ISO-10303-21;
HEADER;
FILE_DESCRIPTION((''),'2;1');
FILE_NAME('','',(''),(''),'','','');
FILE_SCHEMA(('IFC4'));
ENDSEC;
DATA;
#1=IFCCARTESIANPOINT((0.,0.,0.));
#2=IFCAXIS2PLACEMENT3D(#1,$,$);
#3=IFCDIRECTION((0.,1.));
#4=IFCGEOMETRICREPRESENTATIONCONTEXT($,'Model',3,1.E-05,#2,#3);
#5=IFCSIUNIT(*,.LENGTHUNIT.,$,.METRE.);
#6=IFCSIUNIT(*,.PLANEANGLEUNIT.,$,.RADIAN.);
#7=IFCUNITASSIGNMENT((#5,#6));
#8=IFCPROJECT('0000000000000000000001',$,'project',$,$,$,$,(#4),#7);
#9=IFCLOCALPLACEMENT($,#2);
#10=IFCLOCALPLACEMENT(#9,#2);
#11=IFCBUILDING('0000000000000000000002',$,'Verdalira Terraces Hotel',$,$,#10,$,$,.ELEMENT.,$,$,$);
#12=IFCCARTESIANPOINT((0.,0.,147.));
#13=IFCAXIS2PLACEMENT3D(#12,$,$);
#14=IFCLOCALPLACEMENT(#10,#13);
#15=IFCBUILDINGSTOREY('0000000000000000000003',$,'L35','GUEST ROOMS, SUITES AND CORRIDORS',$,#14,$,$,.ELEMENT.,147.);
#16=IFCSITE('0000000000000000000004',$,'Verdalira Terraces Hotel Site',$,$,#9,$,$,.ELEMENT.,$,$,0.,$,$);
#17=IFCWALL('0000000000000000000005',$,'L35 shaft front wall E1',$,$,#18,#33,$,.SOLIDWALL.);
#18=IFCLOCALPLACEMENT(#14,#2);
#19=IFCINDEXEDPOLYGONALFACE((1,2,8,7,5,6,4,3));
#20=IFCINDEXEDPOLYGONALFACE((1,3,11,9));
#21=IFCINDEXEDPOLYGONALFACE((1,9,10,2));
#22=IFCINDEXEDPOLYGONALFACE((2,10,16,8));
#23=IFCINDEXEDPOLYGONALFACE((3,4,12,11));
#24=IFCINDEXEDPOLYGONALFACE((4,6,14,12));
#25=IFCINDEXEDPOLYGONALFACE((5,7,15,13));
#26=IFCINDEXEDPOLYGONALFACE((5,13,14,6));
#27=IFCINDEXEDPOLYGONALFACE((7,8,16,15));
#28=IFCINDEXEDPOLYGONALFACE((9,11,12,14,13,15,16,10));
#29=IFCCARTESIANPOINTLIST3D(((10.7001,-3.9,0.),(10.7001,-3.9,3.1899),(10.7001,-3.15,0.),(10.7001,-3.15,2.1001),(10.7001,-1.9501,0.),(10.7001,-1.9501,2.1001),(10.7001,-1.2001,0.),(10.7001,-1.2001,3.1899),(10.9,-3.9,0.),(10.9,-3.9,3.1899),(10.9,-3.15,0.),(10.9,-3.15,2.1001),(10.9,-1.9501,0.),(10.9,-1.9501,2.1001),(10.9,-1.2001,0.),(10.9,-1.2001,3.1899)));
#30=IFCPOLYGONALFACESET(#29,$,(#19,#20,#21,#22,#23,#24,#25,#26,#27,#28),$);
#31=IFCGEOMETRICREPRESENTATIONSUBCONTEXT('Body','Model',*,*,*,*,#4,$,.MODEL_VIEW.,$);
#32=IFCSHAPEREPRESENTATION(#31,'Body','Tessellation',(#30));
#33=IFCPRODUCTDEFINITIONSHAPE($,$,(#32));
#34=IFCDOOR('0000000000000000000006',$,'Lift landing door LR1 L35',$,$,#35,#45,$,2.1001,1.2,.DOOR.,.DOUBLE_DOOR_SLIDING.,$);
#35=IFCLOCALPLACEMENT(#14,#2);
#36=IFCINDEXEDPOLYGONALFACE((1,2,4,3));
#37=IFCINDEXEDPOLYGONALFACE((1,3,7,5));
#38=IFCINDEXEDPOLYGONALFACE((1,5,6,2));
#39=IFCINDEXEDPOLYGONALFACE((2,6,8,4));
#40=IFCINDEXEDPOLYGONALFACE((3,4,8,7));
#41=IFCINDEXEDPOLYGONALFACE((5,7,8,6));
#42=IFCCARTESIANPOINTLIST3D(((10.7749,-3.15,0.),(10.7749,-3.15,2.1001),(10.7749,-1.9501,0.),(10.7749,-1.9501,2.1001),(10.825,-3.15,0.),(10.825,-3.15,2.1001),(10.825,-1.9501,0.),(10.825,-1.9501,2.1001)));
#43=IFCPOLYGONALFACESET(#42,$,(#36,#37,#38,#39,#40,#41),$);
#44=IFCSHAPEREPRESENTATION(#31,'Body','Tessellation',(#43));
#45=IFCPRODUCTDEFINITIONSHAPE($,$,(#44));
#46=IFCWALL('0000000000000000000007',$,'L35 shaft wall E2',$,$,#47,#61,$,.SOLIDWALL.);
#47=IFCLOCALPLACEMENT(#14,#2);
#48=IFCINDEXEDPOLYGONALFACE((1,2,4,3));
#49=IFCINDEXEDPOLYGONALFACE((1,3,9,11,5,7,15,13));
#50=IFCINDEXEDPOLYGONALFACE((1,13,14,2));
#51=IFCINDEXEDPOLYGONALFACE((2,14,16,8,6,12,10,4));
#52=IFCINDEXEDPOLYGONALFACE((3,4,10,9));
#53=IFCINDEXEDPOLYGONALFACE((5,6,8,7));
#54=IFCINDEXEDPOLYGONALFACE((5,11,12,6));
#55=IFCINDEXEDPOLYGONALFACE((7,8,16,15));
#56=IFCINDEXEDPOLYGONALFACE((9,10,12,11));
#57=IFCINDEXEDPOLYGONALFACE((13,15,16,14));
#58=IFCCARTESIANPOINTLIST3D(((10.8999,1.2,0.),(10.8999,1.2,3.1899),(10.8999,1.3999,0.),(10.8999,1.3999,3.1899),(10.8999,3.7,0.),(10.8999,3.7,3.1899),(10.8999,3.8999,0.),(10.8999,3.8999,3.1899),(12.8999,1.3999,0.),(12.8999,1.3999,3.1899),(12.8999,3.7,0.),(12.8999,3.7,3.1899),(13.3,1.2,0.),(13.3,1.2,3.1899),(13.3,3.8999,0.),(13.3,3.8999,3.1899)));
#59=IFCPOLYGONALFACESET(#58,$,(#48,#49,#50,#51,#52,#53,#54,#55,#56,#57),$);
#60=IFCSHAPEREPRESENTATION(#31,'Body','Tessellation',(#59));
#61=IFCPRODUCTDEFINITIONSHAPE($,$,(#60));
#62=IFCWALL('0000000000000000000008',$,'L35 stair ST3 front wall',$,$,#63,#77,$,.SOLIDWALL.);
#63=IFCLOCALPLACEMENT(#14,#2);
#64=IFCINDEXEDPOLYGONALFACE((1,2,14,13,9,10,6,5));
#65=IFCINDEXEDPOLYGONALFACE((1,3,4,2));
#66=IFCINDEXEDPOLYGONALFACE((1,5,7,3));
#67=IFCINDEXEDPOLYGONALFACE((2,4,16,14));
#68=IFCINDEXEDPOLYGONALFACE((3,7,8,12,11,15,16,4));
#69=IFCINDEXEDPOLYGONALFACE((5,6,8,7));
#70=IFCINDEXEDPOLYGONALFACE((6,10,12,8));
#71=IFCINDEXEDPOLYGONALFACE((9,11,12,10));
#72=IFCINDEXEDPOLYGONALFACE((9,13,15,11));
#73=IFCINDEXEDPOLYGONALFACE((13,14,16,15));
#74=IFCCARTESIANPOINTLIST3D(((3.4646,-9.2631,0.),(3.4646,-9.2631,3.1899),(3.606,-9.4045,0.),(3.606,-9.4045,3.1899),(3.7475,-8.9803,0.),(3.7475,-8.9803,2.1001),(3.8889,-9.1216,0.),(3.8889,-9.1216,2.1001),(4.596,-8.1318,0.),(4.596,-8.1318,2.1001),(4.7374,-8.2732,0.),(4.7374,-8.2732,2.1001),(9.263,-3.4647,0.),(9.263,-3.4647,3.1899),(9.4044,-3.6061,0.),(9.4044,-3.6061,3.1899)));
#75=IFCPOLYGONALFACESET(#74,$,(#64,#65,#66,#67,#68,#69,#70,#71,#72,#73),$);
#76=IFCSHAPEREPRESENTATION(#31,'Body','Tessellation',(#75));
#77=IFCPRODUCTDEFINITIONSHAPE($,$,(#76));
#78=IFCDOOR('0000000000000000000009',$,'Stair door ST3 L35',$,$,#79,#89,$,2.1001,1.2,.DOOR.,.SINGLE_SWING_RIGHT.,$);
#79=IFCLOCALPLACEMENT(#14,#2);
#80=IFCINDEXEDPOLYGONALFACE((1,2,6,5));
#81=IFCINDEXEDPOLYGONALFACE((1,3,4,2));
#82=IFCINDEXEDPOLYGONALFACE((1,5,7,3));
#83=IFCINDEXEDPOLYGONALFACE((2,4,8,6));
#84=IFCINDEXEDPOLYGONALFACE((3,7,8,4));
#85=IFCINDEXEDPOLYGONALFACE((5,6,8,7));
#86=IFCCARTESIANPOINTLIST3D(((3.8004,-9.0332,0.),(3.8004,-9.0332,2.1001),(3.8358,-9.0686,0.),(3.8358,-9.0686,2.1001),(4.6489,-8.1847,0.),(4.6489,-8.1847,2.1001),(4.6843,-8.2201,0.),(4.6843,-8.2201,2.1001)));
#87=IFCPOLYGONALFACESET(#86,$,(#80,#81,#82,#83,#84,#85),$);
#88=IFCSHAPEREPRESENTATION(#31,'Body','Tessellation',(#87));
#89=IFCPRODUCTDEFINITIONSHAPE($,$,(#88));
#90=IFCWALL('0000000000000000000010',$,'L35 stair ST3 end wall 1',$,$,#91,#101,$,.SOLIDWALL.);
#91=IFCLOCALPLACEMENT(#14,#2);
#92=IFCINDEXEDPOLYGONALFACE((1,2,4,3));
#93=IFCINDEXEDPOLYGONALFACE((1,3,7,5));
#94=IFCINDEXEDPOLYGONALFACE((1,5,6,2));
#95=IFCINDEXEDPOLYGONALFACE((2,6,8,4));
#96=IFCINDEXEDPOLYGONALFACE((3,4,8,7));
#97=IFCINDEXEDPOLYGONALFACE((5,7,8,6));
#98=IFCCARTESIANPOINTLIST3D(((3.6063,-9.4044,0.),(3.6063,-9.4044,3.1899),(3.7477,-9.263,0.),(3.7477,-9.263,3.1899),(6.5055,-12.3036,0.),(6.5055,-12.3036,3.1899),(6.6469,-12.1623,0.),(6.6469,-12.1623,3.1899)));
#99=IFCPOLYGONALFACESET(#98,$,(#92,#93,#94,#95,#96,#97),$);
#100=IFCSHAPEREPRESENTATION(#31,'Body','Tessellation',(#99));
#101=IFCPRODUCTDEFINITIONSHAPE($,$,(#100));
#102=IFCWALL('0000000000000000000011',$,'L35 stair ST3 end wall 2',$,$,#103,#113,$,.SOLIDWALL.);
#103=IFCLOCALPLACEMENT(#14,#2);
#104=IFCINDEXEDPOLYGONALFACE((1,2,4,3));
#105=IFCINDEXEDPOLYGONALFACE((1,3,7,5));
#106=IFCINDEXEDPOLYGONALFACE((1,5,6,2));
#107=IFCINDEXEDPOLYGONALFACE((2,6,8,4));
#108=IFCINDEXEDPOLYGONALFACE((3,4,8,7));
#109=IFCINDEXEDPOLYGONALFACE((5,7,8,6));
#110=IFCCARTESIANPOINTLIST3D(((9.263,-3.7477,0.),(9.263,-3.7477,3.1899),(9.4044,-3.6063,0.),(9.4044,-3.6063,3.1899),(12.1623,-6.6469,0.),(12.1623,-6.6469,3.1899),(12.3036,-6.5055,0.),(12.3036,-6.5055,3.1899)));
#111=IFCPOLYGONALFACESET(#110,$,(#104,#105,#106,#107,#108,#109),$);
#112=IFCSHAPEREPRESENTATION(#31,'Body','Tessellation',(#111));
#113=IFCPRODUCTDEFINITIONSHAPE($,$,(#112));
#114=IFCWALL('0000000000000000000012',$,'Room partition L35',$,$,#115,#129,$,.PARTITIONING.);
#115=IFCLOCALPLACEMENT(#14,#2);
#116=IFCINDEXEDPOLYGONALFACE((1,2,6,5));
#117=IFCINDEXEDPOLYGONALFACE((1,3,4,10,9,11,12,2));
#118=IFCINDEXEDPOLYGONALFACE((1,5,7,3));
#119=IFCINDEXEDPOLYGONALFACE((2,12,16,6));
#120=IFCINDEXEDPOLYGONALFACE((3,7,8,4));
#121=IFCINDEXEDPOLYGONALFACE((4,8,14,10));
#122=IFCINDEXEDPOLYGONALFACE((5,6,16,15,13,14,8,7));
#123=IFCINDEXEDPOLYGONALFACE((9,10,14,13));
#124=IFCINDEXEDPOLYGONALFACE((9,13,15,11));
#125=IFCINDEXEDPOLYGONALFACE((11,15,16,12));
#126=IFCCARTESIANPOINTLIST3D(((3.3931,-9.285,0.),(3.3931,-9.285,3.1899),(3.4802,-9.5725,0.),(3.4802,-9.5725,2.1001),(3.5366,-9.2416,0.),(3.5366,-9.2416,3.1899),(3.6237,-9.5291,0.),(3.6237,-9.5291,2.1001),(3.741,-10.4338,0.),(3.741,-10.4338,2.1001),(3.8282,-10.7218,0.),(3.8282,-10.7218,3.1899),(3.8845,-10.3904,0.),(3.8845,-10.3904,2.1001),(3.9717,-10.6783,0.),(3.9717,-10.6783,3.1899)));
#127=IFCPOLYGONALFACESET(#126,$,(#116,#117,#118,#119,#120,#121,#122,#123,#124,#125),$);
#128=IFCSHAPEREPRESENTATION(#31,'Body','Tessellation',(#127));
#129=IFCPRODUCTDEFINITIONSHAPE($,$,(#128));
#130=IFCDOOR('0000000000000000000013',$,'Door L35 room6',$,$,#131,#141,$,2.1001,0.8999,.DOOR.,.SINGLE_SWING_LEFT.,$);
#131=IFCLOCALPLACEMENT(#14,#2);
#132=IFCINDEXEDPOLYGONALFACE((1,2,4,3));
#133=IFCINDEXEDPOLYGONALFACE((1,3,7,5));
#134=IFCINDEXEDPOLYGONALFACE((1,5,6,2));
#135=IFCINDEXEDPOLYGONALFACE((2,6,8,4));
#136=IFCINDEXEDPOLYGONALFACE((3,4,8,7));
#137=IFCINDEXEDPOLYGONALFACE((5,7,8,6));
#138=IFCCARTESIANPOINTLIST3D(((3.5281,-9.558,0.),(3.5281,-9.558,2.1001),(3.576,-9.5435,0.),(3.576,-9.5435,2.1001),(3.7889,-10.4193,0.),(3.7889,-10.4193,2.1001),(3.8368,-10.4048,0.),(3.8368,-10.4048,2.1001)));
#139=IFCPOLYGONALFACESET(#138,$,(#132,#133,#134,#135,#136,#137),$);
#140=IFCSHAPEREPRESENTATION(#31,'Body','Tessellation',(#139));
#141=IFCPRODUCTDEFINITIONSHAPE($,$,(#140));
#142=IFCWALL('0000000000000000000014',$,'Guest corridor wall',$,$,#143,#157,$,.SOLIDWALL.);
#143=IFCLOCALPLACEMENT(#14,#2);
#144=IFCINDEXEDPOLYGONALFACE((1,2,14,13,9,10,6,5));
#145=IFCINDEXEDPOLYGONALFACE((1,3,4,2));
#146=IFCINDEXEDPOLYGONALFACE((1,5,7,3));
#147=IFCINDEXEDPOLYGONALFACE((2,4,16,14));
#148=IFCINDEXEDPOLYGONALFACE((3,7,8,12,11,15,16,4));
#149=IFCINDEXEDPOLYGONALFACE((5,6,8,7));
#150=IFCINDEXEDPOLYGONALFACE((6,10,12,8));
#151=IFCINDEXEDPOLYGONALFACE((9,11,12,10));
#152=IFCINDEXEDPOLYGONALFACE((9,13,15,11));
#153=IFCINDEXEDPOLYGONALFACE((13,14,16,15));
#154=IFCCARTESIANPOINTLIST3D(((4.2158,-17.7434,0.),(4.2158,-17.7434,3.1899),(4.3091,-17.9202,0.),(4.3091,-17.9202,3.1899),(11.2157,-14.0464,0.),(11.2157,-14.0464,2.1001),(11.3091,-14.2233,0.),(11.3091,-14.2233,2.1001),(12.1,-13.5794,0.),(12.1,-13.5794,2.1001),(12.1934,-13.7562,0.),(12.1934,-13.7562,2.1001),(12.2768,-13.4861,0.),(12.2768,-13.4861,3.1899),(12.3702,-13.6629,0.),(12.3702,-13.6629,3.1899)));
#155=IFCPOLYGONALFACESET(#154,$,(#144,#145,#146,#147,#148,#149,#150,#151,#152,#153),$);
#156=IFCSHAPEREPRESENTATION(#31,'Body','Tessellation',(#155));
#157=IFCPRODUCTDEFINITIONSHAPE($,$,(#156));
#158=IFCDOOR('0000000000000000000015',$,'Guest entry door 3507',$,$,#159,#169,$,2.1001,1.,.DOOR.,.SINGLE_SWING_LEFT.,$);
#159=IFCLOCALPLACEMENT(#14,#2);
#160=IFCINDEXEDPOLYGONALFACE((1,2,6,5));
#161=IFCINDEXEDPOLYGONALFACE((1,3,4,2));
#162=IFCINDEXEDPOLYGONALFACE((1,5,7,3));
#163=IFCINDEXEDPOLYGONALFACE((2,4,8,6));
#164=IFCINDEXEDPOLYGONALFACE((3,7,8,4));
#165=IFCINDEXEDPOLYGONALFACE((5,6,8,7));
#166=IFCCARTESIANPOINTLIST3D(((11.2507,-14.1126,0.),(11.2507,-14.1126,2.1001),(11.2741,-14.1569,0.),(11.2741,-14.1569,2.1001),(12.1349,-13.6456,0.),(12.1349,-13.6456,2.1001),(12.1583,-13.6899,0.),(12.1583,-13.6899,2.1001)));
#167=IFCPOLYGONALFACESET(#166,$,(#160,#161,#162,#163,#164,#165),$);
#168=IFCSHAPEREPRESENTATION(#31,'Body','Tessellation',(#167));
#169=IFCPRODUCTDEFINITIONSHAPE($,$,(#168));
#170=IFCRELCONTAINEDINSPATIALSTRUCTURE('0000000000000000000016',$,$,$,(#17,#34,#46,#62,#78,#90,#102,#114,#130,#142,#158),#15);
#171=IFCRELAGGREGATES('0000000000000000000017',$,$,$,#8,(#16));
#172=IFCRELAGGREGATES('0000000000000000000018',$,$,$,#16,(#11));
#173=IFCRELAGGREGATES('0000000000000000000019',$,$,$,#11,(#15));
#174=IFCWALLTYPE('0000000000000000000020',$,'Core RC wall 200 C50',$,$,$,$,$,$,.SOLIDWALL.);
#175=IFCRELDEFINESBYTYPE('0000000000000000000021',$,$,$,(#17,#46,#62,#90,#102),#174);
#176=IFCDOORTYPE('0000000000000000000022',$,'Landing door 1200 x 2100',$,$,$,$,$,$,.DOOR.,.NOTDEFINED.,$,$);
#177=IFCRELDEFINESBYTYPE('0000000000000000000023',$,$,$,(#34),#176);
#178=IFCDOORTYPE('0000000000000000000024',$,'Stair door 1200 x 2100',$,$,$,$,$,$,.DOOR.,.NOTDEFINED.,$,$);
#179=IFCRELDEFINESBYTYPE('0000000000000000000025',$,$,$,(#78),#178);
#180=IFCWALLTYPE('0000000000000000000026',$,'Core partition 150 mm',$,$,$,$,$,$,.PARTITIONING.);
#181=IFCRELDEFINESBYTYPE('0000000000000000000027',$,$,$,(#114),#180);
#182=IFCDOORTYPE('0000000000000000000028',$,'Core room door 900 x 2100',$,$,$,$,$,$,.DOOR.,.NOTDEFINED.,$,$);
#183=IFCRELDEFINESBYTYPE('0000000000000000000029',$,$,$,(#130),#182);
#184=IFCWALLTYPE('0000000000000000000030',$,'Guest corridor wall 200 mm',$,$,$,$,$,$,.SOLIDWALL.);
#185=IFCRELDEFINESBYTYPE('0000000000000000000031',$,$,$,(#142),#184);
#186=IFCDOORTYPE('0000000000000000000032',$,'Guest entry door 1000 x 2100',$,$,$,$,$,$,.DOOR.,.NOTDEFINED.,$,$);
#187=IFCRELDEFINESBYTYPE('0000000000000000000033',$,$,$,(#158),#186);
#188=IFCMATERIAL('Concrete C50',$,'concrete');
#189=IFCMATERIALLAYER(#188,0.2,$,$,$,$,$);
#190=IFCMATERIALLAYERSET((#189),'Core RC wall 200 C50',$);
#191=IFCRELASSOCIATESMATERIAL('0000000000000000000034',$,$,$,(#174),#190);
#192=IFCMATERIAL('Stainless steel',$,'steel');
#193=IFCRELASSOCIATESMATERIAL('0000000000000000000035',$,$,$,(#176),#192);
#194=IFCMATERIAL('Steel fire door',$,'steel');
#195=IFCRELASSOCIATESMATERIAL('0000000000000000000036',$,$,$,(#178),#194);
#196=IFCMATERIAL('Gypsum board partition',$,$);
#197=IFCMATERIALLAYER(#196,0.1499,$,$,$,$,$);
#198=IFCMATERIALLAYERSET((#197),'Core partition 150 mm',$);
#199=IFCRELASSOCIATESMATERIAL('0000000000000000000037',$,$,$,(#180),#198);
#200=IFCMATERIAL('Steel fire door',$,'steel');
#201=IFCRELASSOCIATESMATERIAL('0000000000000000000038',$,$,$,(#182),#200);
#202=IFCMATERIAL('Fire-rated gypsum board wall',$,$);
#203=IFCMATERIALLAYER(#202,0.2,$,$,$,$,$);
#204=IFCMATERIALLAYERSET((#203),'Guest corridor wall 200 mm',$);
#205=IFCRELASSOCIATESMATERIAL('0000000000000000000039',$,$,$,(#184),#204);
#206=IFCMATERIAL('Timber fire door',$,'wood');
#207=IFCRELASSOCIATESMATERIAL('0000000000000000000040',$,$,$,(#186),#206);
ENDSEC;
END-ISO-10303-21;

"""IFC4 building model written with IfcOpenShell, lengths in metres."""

from ifc_helpers import new_model, si_unit, direction, frame, frame_2d, origin, place, context, subcontext, project, spatial, polyline, rectangle, outline, extrude, material, layer, layer_set, type_object, element, fill, save


model = new_model("IFC4")

# Units and contexts
model_context = context("Model", 3, precision=1e-05, world=origin(), true_north=direction((0.0, 1.0)))
body_context = subcontext(model_context, "Body", "Model", "MODEL_VIEW")
ifc_project = project(units=[si_unit("LENGTHUNIT", "METRE"), si_unit("PLANEANGLEUNIT", "RADIAN")], contexts=[model_context])

# Site, building, storey
site_placement = place(None, origin())
site = spatial("IfcSite", under=ifc_project, at=site_placement, Name="Verdalira Terraces Hotel Site", CompositionType="ELEMENT", RefElevation=0.0)
building_placement = place(site_placement, origin())
building = spatial("IfcBuilding", under=site, at=building_placement, Name="Verdalira Terraces Hotel", CompositionType="ELEMENT")
storey_placement = place(building_placement, frame((0.0, 0.0, 147.0)))
storey = spatial("IfcBuildingStorey", under=building, at=storey_placement, Name="L35", Description="GUEST ROOMS, SUITES AND CORRIDORS", CompositionType="ELEMENT", Elevation=147.0)

# Shared definitions
ifc_material_1 = material(Name="Concrete C50", Category="concrete")
ifc_layer_1 = layer(ifc_material_1, 0.2)
ifc_layer_set_1 = layer_set([ifc_layer_1], Name="Core RC wall 200 C50")
wall_type_1 = type_object("IfcWallType", Name="Core RC wall 200 C50", PredefinedType="SOLIDWALL", material=ifc_layer_set_1)

# Wall, opening, door
wall_1_placement = place(storey_placement, frame((10.8, -1.2, 0.0), z_axis=(0.0, 0.0, 1.0), x_axis=(0.0, -1.0, 0.0)))
wall_1 = element("IfcWall", 1, at=wall_1_placement, inside=storey, type_object=wall_type_1, Name="L35 shaft front wall E1", PredefinedType="SOLIDWALL", context=body_context, shape_type="SweptSolid", body=[
    extrude(rectangle(XDim=2.7, YDim=0.2, at=frame_2d((1.3501, 0.0))), origin(), (0.0, 0.0, 1.0), 3.1899),
])
opening_1_placement = place(wall_1_placement, frame((0.75, 0.0, 0.0)))
opening_1 = element("IfcOpeningElement", 2, at=opening_1_placement, cuts=wall_1, PredefinedType="OPENING", context=body_context, shape_type="SweptSolid", body=[
    extrude(rectangle(XDim=1.2, YDim=2.1001, at=frame_2d((0.6001, 1.05))), frame((0.0, 0.1099, 0.0), z_axis=(0.0, -1.0, 0.0), x_axis=(1.0, 0.0, 0.0)), (0.0, 0.0, 1.0), 0.22),
])
ifc_material_2 = material(Name="Stainless steel", Category="steel")
door_type_1 = type_object("IfcDoorType", Name="Landing door 1200 x 2100", OperationType="NOTDEFINED", PredefinedType="DOOR", material=ifc_material_2)
door_1_placement = place(opening_1_placement, origin())
door_1 = element("IfcDoor", 3, at=door_1_placement, inside=storey, type_object=door_type_1, Name="Lift landing door LR1 L35", OperationType="DOUBLE_DOOR_SLIDING", OverallHeight=2.1001, OverallWidth=1.2, PredefinedType="DOOR", context=body_context, shape_type="SweptSolid", body=[
    extrude(rectangle(XDim=1.2, YDim=2.1001, at=frame_2d((0.6001, 1.05))), frame((0.0, 0.0249, 0.0), z_axis=(0.0, -1.0, 0.0), x_axis=(1.0, 0.0, 0.0)), (0.0, 0.0, 1.0), 0.05),
])
fill(opening_1, door_1)

# Wall
wall_2_placement = place(storey_placement, origin())
element("IfcWall", 4, at=wall_2_placement, inside=storey, type_object=wall_type_1, Name="L35 shaft wall E2", PredefinedType="SOLIDWALL", context=body_context, shape_type="SweptSolid", body=[
    extrude(outline(polyline([(13.3, 3.8999), (13.3, 1.2), (10.8999, 1.2), (10.8999, 1.3999), (12.8999, 1.3999), (12.8999, 3.7), (10.8999, 3.7), (10.8999, 3.8999), (13.3, 3.8999)])), origin(), (0.0, 0.0, 1.0), 3.1899),
])

# Wall, opening, door
wall_3_placement = place(storey_placement, frame((9.3337, -3.5354, 0.0), z_axis=(0.0, 0.0, 1.0), x_axis=(-0.707107, -0.707107, 0.0)))
wall_3 = element("IfcWall", 5, at=wall_3_placement, inside=storey, type_object=wall_type_1, Name="L35 stair ST3 front wall", PredefinedType="SOLIDWALL", context=body_context, shape_type="SweptSolid", body=[
    extrude(rectangle(XDim=8.2002, YDim=0.2, at=frame_2d((4.1001, 0.0))), origin(), (0.0, 0.0, 1.0), 3.1899),
])
opening_2_placement = place(wall_3_placement, frame((6.6001, 0.0, 0.0)))
opening_2 = element("IfcOpeningElement", 6, at=opening_2_placement, cuts=wall_3, PredefinedType="OPENING", context=body_context, shape_type="SweptSolid", body=[
    extrude(rectangle(XDim=1.2, YDim=2.1001, at=frame_2d((0.6001, 1.05))), frame((0.0, 0.1099, 0.0), z_axis=(0.0, -1.0, 0.0), x_axis=(1.0, 0.0, 0.0)), (0.0, 0.0, 1.0), 0.22),
])
ifc_material_3 = material(Name="Steel fire door", Category="steel")
door_type_2 = type_object("IfcDoorType", Name="Stair door 1200 x 2100", OperationType="NOTDEFINED", PredefinedType="DOOR", material=ifc_material_3)
door_2_placement = place(opening_2_placement, origin())
door_2 = element("IfcDoor", 7, at=door_2_placement, inside=storey, type_object=door_type_2, Name="Stair door ST3 L35", OperationType="SINGLE_SWING_RIGHT", OverallHeight=2.1001, OverallWidth=1.2, PredefinedType="DOOR", context=body_context, shape_type="SweptSolid", body=[
    extrude(rectangle(XDim=1.2, YDim=2.1001, at=frame_2d((0.6001, 1.05))), frame((0.0, 0.0249, 0.0), z_axis=(0.0, -1.0, 0.0), x_axis=(1.0, 0.0, 0.0)), (0.0, 0.0, 1.0), 0.05),
])
fill(opening_2, door_2)

# Walls
for number, where, z_axis, x_axis, name in (
    (8, (3.677, -9.3337, 0.0), (0.0, 0.0, 1.0), (0.707107, -0.707107, 0.0), "L35 stair ST3 end wall 1"),
    (9, (9.3337, -3.677, 0.0), (0.0, 0.0, 1.0), (0.707107, -0.707107, 0.0), "L35 stair ST3 end wall 2"),
):
    element("IfcWall", number, at=place(storey_placement, frame(where, z_axis=z_axis, x_axis=x_axis)), inside=storey, type_object=wall_type_1, Name=name, PredefinedType="SOLIDWALL", context=body_context, shape_type="SweptSolid", body=[
        extrude(rectangle(XDim=4.1001, YDim=0.2, at=frame_2d((2.05, 0.0))), origin(), (0.0, 0.0, 1.0), 3.1899),
    ])

# Walls, openings, doors
ifc_material_4 = material(Name="Gypsum board partition")
ifc_layer_2 = layer(ifc_material_4, 0.1499)
ifc_layer_set_2 = layer_set([ifc_layer_2], Name="Core partition 150 mm")
wall_type_2 = type_object("IfcWallType", Name="Core partition 150 mm", PredefinedType="PARTITIONING", material=ifc_layer_set_2)
wall_4_placement = place(storey_placement, frame((3.8999, -10.7, 0.0), z_axis=(0.0, 0.0, 1.0), x_axis=(-0.289809, 0.957085, 0.0)))
wall_4 = element("IfcWall", 10, at=wall_4_placement, inside=storey, type_object=wall_type_2, Name="Room partition L35", PredefinedType="PARTITIONING", context=body_context, shape_type="SweptSolid", body=[
    extrude(rectangle(XDim=1.5012, YDim=0.1499, at=frame_2d((0.7505, 0.0))), origin(), (0.0, 0.0, 1.0), 3.1899),
])
opening_3_placement = place(wall_4_placement, frame((0.3008, 0.0, 0.0)))
opening_3 = element("IfcOpeningElement", 11, at=opening_3_placement, cuts=wall_4, PredefinedType="OPENING", context=body_context, shape_type="SweptSolid", body=[
    extrude(rectangle(XDim=0.8999, YDim=2.1001, at=frame_2d((0.45, 1.05))), frame((0.0, 0.085, 0.0), z_axis=(0.0, -1.0, 0.0), x_axis=(1.0, 0.0, 0.0)), (0.0, 0.0, 1.0), 0.1699),
])
ifc_material_5 = material(Name="Steel fire door", Category="steel")
door_type_3 = type_object("IfcDoorType", Name="Core room door 900 x 2100", OperationType="NOTDEFINED", PredefinedType="DOOR", material=ifc_material_5)
door_3_placement = place(opening_3_placement, origin())
door_3 = element("IfcDoor", 12, at=door_3_placement, inside=storey, type_object=door_type_3, Name="Door L35 room6", OperationType="SINGLE_SWING_LEFT", OverallHeight=2.1001, OverallWidth=0.8999, PredefinedType="DOOR", context=body_context, shape_type="SweptSolid", body=[
    extrude(rectangle(XDim=0.8999, YDim=2.1001, at=frame_2d((0.45, 1.05))), frame((0.0, 0.0249, 0.0), z_axis=(0.0, -1.0, 0.0), x_axis=(1.0, 0.0, 0.0)), (0.0, 0.0, 1.0), 0.05),
])
fill(opening_3, door_3)
ifc_material_6 = material(Name="Fire-rated gypsum board wall")
ifc_layer_3 = layer(ifc_material_6, 0.2)
ifc_layer_set_3 = layer_set([ifc_layer_3], Name="Guest corridor wall 200 mm")
wall_type_3 = type_object("IfcWallType", Name="Guest corridor wall 200 mm", PredefinedType="SOLIDWALL", material=ifc_layer_set_3)
wall_5_placement = place(storey_placement, frame((12.3235, -13.5745, 0.0), z_axis=(0.0, 0.0, 1.0), x_axis=(-0.884254, -0.467006, 0.0)))
wall_5 = element("IfcWall", 13, at=wall_5_placement, inside=storey, type_object=wall_type_3, Name="Guest corridor wall", PredefinedType="SOLIDWALL", context=body_context, shape_type="SweptSolid", body=[
    extrude(rectangle(XDim=9.1162, YDim=0.2, at=frame_2d((4.5581, 0.0))), origin(), (0.0, 0.0, 1.0), 3.1899),
])
opening_4_placement = place(wall_5_placement, frame((0.2, 0.0, 0.0)))
opening_4 = element("IfcOpeningElement", 14, at=opening_4_placement, cuts=wall_5, PredefinedType="OPENING", context=body_context, shape_type="SweptSolid", body=[
    extrude(rectangle(XDim=1.0, YDim=2.1001, at=frame_2d((0.5, 1.05))), frame((0.0, 0.1099, 0.0), z_axis=(0.0, -1.0, 0.0), x_axis=(1.0, 0.0, 0.0)), (0.0, 0.0, 1.0), 0.22),
])
ifc_material_7 = material(Name="Timber fire door", Category="wood")
door_type_4 = type_object("IfcDoorType", Name="Guest entry door 1000 x 2100", OperationType="NOTDEFINED", PredefinedType="DOOR", material=ifc_material_7)
door_4_placement = place(opening_4_placement, origin())
door_4 = element("IfcDoor", 15, at=door_4_placement, inside=storey, type_object=door_type_4, Name="Guest entry door 3507", OperationType="SINGLE_SWING_LEFT", OverallHeight=2.1001, OverallWidth=1.0, PredefinedType="DOOR", context=body_context, shape_type="SweptSolid", body=[
    extrude(rectangle(XDim=1.0, YDim=2.1001, at=frame_2d((0.5, 1.05))), frame((0.0, 0.0249, 0.0), z_axis=(0.0, -1.0, 0.0), x_axis=(1.0, 0.0, 0.0)), (0.0, 0.0, 1.0), 0.05),
])
fill(opening_4, door_4)

save(model, "model.ifc")
